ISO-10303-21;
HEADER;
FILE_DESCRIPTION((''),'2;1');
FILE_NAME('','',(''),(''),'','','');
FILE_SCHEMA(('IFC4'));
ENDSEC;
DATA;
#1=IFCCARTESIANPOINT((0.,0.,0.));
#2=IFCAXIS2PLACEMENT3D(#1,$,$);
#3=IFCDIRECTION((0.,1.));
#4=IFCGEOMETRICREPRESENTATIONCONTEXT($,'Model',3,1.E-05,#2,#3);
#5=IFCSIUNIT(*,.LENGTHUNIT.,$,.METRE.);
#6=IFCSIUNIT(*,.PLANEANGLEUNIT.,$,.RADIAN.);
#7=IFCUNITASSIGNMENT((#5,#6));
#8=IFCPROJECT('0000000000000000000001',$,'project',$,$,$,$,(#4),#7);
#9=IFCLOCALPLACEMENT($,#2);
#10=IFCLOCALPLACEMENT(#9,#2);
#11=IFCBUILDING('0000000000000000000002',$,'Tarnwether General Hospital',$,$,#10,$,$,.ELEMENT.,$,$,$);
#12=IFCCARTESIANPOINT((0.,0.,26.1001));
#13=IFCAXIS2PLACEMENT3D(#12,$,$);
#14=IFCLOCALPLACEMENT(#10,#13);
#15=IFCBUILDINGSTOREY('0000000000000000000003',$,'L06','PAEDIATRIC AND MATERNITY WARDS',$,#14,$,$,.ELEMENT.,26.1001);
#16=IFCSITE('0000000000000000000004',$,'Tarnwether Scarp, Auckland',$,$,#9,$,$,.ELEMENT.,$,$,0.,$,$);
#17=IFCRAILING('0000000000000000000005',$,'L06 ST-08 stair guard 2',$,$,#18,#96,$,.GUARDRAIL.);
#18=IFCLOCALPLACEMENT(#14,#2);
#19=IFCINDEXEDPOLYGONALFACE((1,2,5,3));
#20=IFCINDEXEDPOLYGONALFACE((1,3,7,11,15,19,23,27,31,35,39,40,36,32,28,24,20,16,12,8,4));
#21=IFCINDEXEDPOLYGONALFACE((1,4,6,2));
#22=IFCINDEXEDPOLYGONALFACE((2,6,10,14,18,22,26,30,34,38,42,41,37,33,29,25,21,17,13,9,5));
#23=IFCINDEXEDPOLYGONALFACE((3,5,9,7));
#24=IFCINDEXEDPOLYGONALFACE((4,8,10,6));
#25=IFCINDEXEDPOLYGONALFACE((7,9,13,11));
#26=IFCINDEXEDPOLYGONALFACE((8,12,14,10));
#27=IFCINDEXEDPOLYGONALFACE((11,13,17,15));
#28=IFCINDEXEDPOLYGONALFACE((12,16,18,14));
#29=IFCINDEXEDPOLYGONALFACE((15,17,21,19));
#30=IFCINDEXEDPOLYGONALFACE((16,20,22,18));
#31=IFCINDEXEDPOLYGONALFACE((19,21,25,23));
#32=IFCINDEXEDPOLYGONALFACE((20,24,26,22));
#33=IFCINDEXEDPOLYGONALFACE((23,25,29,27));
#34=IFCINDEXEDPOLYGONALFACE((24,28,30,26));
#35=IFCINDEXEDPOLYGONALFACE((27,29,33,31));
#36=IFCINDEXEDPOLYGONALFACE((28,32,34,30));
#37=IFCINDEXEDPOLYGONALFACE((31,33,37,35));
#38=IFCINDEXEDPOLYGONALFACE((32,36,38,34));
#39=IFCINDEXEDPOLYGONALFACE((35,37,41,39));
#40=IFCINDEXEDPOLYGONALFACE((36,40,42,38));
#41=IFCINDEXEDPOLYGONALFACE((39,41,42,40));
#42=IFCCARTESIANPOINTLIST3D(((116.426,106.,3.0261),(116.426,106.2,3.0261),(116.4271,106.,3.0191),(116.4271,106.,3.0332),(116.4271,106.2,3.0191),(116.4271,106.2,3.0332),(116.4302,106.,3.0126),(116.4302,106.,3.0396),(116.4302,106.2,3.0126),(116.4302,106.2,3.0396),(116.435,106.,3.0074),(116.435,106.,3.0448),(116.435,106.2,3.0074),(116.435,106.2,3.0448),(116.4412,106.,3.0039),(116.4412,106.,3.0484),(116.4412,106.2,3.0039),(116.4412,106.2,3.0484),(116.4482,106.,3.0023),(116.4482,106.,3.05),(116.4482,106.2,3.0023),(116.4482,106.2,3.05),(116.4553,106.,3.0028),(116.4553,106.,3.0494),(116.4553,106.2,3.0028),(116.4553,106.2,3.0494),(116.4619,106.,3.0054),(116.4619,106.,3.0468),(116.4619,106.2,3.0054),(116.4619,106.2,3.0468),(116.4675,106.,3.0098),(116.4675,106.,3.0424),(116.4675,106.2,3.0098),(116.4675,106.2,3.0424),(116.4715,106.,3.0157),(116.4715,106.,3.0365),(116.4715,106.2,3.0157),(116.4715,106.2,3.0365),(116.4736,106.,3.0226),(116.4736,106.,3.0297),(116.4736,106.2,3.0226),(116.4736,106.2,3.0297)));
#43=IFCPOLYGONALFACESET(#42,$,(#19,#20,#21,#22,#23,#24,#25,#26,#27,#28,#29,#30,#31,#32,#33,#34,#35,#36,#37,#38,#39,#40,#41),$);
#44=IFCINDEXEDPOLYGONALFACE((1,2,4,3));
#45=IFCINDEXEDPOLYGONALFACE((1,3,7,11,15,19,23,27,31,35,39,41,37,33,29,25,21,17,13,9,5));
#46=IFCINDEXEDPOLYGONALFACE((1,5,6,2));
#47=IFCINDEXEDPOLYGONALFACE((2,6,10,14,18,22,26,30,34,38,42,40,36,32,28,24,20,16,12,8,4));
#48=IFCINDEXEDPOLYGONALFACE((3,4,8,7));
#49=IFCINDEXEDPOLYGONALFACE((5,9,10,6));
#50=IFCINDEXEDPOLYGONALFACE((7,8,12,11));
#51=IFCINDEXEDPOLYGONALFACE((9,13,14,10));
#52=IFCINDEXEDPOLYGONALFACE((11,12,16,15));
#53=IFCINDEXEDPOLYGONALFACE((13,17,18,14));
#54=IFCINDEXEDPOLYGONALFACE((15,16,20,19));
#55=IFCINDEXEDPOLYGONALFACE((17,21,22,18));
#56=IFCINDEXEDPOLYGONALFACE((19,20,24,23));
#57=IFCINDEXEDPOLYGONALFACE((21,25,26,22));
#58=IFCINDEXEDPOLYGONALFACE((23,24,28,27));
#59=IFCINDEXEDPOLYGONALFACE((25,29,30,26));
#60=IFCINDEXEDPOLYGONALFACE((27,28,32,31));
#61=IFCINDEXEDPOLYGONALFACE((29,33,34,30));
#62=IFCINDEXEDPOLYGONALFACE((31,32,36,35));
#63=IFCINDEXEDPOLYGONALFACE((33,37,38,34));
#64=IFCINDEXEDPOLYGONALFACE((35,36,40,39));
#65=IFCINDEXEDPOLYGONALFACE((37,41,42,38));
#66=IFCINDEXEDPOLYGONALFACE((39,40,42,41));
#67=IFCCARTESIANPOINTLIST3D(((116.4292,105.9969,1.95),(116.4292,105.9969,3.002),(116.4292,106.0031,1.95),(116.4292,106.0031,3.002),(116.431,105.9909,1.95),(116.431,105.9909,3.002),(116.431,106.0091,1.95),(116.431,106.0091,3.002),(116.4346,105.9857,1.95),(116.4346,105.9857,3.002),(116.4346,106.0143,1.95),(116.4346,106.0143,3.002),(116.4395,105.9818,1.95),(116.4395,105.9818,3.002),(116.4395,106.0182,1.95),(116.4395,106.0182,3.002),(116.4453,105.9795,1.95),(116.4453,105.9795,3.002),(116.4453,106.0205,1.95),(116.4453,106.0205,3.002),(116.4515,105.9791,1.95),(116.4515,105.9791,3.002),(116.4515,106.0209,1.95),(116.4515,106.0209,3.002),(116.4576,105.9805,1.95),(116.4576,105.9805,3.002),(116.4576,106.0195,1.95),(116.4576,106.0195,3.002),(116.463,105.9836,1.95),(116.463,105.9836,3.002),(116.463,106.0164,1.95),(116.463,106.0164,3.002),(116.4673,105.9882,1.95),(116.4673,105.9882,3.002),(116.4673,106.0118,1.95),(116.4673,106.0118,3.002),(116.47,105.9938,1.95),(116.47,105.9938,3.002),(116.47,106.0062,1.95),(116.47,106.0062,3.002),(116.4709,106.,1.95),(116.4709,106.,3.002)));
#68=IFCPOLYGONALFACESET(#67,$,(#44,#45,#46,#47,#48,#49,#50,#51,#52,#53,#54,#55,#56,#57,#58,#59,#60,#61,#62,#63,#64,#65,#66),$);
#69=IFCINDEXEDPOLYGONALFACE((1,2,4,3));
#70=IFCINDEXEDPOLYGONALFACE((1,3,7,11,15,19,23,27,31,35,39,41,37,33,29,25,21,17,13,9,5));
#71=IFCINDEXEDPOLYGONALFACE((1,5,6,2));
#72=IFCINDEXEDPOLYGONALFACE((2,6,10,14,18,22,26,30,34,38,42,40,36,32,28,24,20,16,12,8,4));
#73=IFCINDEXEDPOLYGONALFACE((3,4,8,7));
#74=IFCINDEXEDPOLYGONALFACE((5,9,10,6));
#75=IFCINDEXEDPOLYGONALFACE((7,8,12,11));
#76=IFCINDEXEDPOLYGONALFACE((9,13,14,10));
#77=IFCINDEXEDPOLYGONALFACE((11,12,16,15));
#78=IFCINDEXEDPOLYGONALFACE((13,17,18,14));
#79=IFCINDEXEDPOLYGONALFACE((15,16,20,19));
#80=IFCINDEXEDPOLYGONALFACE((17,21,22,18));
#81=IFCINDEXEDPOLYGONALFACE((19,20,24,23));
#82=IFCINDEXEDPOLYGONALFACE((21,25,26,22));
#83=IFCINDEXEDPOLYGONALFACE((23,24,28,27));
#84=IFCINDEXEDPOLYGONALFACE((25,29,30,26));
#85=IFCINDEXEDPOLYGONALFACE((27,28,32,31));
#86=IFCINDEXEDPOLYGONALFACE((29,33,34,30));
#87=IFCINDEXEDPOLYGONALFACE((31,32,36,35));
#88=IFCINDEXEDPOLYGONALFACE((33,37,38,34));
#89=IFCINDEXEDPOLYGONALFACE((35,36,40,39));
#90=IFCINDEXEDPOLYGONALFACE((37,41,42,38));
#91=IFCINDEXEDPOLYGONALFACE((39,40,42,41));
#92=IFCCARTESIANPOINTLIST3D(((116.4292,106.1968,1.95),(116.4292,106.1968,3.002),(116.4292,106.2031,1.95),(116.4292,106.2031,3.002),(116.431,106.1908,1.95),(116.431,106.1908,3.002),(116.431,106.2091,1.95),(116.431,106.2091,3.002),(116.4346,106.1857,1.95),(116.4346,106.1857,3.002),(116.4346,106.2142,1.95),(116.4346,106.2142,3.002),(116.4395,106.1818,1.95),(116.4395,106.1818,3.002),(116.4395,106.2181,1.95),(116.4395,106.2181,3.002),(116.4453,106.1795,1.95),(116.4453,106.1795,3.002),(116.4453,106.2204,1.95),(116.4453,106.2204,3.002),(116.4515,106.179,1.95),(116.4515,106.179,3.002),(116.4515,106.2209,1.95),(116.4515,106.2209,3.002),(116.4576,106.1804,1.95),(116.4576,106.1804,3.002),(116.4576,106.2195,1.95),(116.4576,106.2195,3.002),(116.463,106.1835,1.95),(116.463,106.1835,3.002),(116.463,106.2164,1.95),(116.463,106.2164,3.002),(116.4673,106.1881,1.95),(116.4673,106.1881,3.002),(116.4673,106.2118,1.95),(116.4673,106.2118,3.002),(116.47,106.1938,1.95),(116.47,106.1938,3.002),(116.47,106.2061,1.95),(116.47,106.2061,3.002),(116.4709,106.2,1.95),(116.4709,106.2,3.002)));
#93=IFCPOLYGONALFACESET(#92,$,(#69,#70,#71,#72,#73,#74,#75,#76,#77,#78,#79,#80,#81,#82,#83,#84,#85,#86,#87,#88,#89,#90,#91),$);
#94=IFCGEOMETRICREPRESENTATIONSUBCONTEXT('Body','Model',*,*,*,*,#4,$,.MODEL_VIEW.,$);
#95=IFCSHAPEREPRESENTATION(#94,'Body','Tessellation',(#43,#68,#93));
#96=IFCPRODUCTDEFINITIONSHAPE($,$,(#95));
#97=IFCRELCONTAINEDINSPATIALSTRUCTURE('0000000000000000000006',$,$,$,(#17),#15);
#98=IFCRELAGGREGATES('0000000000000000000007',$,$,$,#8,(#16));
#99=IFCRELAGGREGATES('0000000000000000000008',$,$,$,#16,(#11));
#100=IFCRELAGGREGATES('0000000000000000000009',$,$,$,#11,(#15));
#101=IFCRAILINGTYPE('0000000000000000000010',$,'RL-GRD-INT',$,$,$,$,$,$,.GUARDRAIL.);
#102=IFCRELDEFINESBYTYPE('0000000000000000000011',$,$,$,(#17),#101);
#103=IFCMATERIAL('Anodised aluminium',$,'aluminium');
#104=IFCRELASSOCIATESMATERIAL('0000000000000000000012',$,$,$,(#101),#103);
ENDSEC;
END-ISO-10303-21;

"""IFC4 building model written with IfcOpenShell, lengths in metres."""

from ifc_helpers import new_model, si_unit, direction, frame, origin, origin_2d, place, context, subcontext, project, spatial, circle, extrude, material, type_object, element, save


model = new_model("IFC4")

# Units and contexts
model_context = context("Model", 3, precision=1e-05, world=origin(), true_north=direction((0.0, 1.0)))
body_context = subcontext(model_context, "Body", "Model", "MODEL_VIEW")
ifc_project = project(units=[si_unit("LENGTHUNIT", "METRE"), si_unit("PLANEANGLEUNIT", "RADIAN")], contexts=[model_context])

# Site, building, storey
site_placement = place(None, origin())
site = spatial("IfcSite", under=ifc_project, at=site_placement, Name="Tarnwether Scarp, Auckland", CompositionType="ELEMENT", RefElevation=0.0)
building_placement = place(site_placement, origin())
building = spatial("IfcBuilding", under=site, at=building_placement, Name="Tarnwether General Hospital", CompositionType="ELEMENT")
storey_placement = place(building_placement, frame((0.0, 0.0, 26.1001)))
storey = spatial("IfcBuildingStorey", under=building, at=storey_placement, Name="L06", Description="PAEDIATRIC AND MATERNITY WARDS", CompositionType="ELEMENT", Elevation=26.1001)

# Railing
ifc_material_1 = material(Name="Anodised aluminium", Category="aluminium")
railing_type_1 = type_object("IfcRailingType", Name="RL-GRD-INT", PredefinedType="GUARDRAIL", material=ifc_material_1)
railing_1_placement = place(storey_placement, frame((116.45, 106.0, 1.95)))
element("IfcRailing", 1, at=railing_1_placement, inside=storey, type_object=railing_type_1, Name="L06 ST-08 stair guard 2", PredefinedType="GUARDRAIL", context=body_context, shape_type="SweptSolid", body=[
    extrude(circle(Radius=0.0239, at=origin_2d()), frame((0.0, 0.0, 1.0762), z_axis=(0.0, 1.0, 0.0), x_axis=(-1.0, 0.0, 0.0)), (0.0, 0.0, 1.0), 0.2),
    extrude(circle(Radius=0.021, at=origin_2d()), origin(), (0.0, 0.0, 1.0), 1.052),
    extrude(circle(Radius=0.021, at=origin_2d()), frame((0.0, 0.2, 0.0)), (0.0, 0.0, 1.0), 1.052),
])

save(model, "model.ifc")
